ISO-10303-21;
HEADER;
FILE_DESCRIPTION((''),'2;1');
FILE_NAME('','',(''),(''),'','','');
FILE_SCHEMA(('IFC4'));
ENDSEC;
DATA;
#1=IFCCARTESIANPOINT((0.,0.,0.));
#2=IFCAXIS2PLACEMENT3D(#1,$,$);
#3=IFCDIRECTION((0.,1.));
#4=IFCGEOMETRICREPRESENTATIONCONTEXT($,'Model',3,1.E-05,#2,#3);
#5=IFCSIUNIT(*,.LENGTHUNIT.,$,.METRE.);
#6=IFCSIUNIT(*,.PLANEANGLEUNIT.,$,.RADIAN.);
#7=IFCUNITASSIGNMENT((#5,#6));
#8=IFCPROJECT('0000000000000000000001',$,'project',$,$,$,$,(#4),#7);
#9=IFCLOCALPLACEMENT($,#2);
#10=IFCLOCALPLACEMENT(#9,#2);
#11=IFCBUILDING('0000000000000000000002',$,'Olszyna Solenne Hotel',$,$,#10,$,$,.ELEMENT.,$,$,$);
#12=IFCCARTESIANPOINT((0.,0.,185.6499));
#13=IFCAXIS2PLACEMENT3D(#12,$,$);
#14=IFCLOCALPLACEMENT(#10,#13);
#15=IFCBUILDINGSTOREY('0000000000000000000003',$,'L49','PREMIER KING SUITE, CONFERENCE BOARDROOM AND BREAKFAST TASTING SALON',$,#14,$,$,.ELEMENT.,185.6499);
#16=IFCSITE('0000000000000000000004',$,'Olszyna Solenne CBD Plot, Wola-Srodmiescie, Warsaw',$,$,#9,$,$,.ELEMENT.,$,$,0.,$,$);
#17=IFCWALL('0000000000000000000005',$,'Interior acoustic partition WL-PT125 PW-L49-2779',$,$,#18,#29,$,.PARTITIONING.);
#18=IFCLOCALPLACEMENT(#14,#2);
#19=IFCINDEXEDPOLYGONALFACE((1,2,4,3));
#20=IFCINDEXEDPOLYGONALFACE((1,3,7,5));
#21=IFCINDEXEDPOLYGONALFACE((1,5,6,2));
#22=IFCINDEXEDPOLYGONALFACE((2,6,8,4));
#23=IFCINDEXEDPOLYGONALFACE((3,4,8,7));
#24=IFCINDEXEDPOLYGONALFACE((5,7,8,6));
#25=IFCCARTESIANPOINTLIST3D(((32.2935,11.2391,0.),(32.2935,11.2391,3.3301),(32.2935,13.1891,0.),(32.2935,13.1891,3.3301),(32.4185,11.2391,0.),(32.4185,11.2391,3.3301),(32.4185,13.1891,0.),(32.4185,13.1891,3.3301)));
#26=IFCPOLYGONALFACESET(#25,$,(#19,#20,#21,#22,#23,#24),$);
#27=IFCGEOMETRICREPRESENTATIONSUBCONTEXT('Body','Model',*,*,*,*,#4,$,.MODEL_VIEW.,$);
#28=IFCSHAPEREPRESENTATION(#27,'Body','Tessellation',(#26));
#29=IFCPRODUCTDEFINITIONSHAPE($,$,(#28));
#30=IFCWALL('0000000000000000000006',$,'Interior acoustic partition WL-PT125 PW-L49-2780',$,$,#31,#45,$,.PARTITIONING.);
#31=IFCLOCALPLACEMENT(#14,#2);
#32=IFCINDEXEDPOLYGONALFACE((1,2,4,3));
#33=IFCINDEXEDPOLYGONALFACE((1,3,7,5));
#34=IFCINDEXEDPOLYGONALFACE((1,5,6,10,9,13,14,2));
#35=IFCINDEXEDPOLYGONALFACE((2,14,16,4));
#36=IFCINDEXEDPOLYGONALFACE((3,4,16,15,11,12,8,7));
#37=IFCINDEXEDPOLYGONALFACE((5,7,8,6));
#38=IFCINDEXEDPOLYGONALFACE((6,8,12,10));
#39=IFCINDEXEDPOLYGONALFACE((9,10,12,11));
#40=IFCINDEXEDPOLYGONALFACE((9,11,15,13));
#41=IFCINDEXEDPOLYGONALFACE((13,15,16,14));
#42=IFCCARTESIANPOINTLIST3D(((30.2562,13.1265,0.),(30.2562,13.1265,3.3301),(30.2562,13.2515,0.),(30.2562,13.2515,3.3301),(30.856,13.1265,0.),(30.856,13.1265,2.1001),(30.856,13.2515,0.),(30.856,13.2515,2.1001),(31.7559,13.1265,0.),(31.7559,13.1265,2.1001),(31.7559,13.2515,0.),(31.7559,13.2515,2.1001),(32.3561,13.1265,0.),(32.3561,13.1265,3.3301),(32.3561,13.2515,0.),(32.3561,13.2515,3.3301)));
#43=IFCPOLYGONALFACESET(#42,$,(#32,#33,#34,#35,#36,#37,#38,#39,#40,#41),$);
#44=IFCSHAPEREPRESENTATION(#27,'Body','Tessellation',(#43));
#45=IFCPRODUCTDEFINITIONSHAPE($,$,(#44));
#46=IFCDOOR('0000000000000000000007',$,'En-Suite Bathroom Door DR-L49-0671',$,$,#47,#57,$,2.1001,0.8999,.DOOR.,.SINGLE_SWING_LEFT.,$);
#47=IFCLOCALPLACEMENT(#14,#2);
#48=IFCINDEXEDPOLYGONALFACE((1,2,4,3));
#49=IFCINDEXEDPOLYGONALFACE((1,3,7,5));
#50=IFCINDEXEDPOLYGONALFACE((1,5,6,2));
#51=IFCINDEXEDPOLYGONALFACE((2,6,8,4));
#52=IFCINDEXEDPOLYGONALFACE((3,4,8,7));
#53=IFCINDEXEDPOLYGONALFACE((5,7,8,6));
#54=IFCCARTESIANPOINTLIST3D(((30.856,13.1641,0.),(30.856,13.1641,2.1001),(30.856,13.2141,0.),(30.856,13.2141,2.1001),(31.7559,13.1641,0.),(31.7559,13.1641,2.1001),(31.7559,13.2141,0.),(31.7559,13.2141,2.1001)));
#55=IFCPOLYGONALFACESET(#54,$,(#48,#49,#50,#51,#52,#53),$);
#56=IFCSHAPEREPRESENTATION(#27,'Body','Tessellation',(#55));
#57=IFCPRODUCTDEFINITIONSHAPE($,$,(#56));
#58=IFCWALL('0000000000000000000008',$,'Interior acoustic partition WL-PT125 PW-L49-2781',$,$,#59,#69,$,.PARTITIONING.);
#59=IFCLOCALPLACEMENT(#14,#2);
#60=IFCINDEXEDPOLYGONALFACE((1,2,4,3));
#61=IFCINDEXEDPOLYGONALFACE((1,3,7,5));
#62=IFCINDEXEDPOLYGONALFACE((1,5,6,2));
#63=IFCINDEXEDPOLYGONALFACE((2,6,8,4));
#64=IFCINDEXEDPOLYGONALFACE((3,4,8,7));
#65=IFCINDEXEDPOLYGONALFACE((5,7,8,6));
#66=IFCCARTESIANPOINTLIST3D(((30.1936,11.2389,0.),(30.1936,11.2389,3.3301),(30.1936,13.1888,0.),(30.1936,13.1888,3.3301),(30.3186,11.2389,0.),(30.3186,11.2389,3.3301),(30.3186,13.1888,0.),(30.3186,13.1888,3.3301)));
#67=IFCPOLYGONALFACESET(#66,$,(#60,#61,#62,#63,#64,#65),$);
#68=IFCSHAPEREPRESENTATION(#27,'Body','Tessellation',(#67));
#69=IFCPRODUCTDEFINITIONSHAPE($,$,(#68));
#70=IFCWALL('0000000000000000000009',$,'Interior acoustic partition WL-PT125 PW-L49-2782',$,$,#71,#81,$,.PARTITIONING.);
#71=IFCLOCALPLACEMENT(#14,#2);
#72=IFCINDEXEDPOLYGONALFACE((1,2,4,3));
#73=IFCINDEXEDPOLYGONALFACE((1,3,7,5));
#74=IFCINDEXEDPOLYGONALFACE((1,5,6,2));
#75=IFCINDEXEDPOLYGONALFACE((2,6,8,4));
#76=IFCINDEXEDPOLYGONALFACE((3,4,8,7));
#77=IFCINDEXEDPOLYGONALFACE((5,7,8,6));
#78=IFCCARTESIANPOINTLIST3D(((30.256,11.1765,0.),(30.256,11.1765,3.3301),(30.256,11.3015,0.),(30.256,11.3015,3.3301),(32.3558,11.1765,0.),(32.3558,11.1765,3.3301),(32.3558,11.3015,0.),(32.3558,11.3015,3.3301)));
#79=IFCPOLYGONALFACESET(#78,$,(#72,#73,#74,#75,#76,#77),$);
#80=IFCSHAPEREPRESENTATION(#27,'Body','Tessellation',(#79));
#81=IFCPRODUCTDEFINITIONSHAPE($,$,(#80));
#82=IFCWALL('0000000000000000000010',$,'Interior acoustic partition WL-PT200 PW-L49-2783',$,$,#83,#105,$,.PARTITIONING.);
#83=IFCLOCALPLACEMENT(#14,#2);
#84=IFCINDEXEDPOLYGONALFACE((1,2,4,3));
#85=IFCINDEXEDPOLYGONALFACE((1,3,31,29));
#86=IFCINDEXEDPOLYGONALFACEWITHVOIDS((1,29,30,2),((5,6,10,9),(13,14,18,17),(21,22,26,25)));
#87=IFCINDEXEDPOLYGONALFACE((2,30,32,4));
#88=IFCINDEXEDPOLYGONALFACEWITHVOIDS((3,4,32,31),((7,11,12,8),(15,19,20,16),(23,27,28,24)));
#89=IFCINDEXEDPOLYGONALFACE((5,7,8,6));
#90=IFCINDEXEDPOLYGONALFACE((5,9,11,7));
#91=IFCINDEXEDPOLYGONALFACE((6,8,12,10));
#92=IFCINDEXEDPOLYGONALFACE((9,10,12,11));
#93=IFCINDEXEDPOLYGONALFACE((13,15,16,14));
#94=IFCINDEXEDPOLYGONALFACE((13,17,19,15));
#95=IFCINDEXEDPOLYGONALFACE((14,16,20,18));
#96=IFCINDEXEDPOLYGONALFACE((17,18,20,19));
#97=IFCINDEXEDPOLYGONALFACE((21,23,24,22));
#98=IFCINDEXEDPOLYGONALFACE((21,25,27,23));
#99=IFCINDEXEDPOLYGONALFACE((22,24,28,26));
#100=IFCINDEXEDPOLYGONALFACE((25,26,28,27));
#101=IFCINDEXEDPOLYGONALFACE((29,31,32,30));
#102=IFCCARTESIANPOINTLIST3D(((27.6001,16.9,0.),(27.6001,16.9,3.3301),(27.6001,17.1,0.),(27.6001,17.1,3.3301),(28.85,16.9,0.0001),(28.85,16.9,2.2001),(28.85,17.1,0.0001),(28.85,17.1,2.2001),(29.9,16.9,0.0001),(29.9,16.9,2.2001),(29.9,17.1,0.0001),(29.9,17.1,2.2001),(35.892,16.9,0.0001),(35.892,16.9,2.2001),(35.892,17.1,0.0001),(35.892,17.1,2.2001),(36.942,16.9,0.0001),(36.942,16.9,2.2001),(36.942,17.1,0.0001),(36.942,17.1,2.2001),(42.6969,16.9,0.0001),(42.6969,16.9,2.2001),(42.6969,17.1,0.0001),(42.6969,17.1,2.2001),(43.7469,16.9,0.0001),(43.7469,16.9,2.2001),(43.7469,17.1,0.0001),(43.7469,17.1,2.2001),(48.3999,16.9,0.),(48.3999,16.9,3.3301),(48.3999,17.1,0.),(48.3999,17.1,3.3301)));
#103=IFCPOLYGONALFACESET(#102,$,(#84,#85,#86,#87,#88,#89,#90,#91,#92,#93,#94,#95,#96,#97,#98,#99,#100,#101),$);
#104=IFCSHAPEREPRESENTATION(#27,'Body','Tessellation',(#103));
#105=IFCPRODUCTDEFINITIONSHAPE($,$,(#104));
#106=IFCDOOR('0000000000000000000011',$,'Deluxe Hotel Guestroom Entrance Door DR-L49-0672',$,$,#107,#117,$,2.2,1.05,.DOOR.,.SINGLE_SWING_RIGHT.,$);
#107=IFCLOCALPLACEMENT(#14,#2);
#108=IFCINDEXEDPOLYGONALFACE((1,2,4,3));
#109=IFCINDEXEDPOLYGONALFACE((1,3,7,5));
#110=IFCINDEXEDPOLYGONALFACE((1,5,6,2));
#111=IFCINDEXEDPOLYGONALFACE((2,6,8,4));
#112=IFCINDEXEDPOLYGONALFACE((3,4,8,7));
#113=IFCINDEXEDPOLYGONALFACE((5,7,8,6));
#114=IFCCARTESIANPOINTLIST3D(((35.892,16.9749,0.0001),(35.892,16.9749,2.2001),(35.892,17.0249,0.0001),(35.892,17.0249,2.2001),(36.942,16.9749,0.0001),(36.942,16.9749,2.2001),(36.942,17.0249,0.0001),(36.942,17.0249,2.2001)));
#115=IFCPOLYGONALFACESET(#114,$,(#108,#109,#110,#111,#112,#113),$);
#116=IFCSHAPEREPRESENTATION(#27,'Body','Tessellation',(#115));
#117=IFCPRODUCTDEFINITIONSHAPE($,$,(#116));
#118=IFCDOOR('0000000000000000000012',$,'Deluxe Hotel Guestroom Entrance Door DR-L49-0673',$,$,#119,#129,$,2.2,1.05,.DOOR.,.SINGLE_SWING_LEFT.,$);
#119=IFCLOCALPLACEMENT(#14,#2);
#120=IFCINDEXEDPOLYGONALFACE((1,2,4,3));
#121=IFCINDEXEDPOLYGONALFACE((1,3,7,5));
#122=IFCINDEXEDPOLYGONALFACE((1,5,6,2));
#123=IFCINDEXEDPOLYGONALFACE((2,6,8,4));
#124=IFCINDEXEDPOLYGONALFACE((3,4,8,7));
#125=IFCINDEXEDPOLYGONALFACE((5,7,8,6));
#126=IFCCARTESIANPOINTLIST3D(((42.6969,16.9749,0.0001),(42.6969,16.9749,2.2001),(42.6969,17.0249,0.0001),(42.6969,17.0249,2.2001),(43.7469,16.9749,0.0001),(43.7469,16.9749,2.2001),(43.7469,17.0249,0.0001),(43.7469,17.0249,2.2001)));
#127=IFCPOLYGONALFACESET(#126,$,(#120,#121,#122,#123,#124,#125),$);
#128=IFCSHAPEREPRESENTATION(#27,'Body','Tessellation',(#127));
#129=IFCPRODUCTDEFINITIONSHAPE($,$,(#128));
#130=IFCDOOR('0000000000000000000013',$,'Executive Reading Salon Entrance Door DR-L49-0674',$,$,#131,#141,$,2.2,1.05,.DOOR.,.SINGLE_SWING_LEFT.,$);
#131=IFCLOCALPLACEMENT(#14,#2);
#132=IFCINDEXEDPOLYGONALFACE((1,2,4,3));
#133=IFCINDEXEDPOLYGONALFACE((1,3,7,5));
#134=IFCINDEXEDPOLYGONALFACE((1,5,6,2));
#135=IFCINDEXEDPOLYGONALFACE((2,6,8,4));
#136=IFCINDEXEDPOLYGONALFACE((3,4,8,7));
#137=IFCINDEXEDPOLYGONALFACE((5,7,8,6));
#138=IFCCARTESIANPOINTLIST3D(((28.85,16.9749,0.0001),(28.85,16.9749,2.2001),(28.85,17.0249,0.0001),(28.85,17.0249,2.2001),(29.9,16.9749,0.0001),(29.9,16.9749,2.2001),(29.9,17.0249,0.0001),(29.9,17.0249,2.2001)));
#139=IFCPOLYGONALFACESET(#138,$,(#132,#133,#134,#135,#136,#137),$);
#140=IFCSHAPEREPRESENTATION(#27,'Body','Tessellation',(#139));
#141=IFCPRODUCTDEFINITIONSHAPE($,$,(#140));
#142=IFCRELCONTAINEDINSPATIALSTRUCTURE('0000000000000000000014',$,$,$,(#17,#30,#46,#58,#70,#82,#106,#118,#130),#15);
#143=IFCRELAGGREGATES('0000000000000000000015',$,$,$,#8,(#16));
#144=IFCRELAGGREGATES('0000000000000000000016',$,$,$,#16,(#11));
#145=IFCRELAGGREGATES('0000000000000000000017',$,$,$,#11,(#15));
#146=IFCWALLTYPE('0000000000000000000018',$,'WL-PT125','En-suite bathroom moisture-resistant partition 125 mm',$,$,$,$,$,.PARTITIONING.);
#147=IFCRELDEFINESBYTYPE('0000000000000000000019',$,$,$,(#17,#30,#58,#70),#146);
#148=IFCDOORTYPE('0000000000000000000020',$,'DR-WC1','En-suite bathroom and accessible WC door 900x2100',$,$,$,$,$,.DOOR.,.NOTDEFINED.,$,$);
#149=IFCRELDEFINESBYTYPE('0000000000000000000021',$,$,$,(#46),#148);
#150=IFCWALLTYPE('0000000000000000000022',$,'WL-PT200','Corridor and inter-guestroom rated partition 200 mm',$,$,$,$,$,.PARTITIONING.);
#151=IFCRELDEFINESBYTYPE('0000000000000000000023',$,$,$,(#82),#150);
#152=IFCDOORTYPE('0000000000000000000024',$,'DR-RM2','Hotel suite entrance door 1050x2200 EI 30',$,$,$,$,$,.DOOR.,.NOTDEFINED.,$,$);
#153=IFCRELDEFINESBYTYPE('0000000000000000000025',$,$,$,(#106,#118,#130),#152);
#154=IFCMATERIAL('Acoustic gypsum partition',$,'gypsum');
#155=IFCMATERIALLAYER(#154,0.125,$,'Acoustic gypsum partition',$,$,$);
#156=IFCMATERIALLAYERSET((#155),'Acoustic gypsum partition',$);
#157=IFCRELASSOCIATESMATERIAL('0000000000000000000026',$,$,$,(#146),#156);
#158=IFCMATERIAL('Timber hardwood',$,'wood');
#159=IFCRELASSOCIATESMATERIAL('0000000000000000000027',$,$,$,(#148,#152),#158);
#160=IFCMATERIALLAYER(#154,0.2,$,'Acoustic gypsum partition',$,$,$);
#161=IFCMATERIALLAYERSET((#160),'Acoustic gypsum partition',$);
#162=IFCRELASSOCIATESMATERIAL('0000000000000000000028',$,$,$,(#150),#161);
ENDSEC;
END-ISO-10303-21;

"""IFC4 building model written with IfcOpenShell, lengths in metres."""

from ifc_helpers import new_model, si_unit, direction, frame, frame_2d, origin, place, context, subcontext, project, spatial, rectangle, extrude, source, transform, mapped, material, layer, layer_set, type_object, type_shapes, element, fill, save


model = new_model("IFC4")

# Units and contexts
model_context = context("Model", 3, precision=1e-05, world=origin(), true_north=direction((0.0, 1.0)))
body_context = subcontext(model_context, "Body", "Model", "MODEL_VIEW")
ifc_project = project(units=[si_unit("LENGTHUNIT", "METRE"), si_unit("PLANEANGLEUNIT", "RADIAN")], contexts=[model_context])

# Site, building, storey
site_placement = place(None, origin())
site = spatial("IfcSite", under=ifc_project, at=site_placement, Name="Olszyna Solenne CBD Plot, Wola-Srodmiescie, Warsaw", CompositionType="ELEMENT", RefElevation=0.0)
building_placement = place(site_placement, origin())
building = spatial("IfcBuilding", under=site, at=building_placement, Name="Olszyna Solenne Hotel", CompositionType="ELEMENT")
storey_placement = place(building_placement, frame((0.0, 0.0, 185.6499)))
storey = spatial("IfcBuildingStorey", under=building, at=storey_placement, Name="L49", Description="PREMIER KING SUITE, CONFERENCE BOARDROOM AND BREAKFAST TASTING SALON", CompositionType="ELEMENT", Elevation=185.6499)

# Wall
ifc_material_1 = material(Name="Acoustic gypsum partition", Category="gypsum")
ifc_layer_1 = layer(ifc_material_1, 0.125, Name="Acoustic gypsum partition")
ifc_layer_set_1 = layer_set([ifc_layer_1], Name="Acoustic gypsum partition")
wall_type_1 = type_object("IfcWallType", Name="WL-PT125", Description="En-suite bathroom moisture-resistant partition 125 mm", PredefinedType="PARTITIONING", material=ifc_layer_set_1)
wall_1_placement = place(storey_placement, frame((32.356, 11.239, 0.0), z_axis=(0.0, 0.0, 1.0), x_axis=(0.0, 1.0, 0.0)))
element("IfcWall", 1, at=wall_1_placement, inside=storey, type_object=wall_type_1, Name="Interior acoustic partition WL-PT125 PW-L49-2779", PredefinedType="PARTITIONING", context=body_context, shape_type="SweptSolid", body=[
    extrude(rectangle(XDim=1.95, YDim=0.125, at=frame_2d((0.9751, 0.0))), origin(), (0.0, 0.0, 1.0), 3.3301),
])

# Wall, opening, door
wall_2_placement = place(storey_placement, frame((32.356, 13.189, 0.0), z_axis=(0.0, 0.0, 1.0), x_axis=(-1.0, 0.0, 0.0)))
wall_2 = element("IfcWall", 2, at=wall_2_placement, inside=storey, type_object=wall_type_1, Name="Interior acoustic partition WL-PT125 PW-L49-2780", PredefinedType="PARTITIONING", context=body_context, shape_type="SweptSolid", body=[
    extrude(rectangle(XDim=2.0999, YDim=0.125, at=frame_2d((1.0498, 0.0))), origin(), (0.0, 0.0, 1.0), 3.3301),
])
opening_1_placement = place(wall_2_placement, frame((0.6001, 0.0, 0.0)))
opening_1 = element("IfcOpeningElement", 3, at=opening_1_placement, cuts=wall_2, PredefinedType="OPENING", context=body_context, shape_type="SweptSolid", body=[
    extrude(rectangle(XDim=0.8999, YDim=2.1001, at=frame_2d((0.45, 1.05))), frame((0.0, 0.0725, 0.0), z_axis=(0.0, -1.0, 0.0), x_axis=(1.0, 0.0, 0.0)), (0.0, 0.0, 1.0), 0.145),
])
ifc_material_2 = material(Name="Timber hardwood", Category="wood")
door_type_1 = type_object("IfcDoorType", Name="DR-WC1", Description="En-suite bathroom and accessible WC door 900x2100", OperationType="NOTDEFINED", PredefinedType="DOOR", material=ifc_material_2)
shared_shape_1 = source(origin(), body_context, "Body", "SweptSolid", [
    extrude(rectangle(XDim=0.8999, YDim=2.1001, at=frame_2d((0.45, 1.05))), frame((0.0, 0.0249, 0.0), z_axis=(0.0, -1.0, 0.0), x_axis=(1.0, 0.0, 0.0)), (0.0, 0.0, 1.0), 0.05),
])
type_shapes(door_type_1, [shared_shape_1])
door_1_placement = place(opening_1_placement, origin())
door_1 = element("IfcDoor", 4, at=door_1_placement, inside=storey, type_object=door_type_1, Name="En-Suite Bathroom Door DR-L49-0671", OperationType="SINGLE_SWING_LEFT", OverallHeight=2.1001, OverallWidth=0.8999, PredefinedType="DOOR", context=body_context, shape_type="MappedRepresentation", body=[
    mapped(shared_shape_1, transform((0.0, 0.0, 0.0), x_axis=(1.0, 0.0, 0.0), y_axis=(0.0, 1.0, 0.0), z_axis=(0.0, 0.0, 1.0), scale=1.0)),
])
fill(opening_1, door_1)

# Walls
wall_3_placement = place(storey_placement, frame((30.2561, 13.189, 0.0), z_axis=(0.0, 0.0, 1.0), x_axis=(0.0, -1.0, 0.0)))
element("IfcWall", 5, at=wall_3_placement, inside=storey, type_object=wall_type_1, Name="Interior acoustic partition WL-PT125 PW-L49-2781", PredefinedType="PARTITIONING", context=body_context, shape_type="SweptSolid", body=[
    extrude(rectangle(XDim=1.95, YDim=0.125, at=frame_2d((0.9751, 0.0))), origin(), (0.0, 0.0, 1.0), 3.3301),
])
wall_4_placement = place(storey_placement, frame((30.2561, 11.239, 0.0), z_axis=(0.0, 0.0, 1.0), x_axis=(1.0, 0.0, 0.0)))
element("IfcWall", 6, at=wall_4_placement, inside=storey, type_object=wall_type_1, Name="Interior acoustic partition WL-PT125 PW-L49-2782", PredefinedType="PARTITIONING", context=body_context, shape_type="SweptSolid", body=[
    extrude(rectangle(XDim=2.0999, YDim=0.125, at=frame_2d((1.0498, 0.0))), origin(), (0.0, 0.0, 1.0), 3.3301),
])

# Wall, openings, doors
ifc_layer_2 = layer(ifc_material_1, 0.2, Name="Acoustic gypsum partition")
ifc_layer_set_2 = layer_set([ifc_layer_2], Name="Acoustic gypsum partition")
wall_type_2 = type_object("IfcWallType", Name="WL-PT200", Description="Corridor and inter-guestroom rated partition 200 mm", PredefinedType="PARTITIONING", material=ifc_layer_set_2)
wall_5_placement = place(storey_placement, frame((27.6001, 17.0, 0.0), z_axis=(0.0, 0.0, 1.0), x_axis=(1.0, 0.0, 0.0)))
wall_5 = element("IfcWall", 7, at=wall_5_placement, inside=storey, type_object=wall_type_2, Name="Interior acoustic partition WL-PT200 PW-L49-2783", PredefinedType="PARTITIONING", context=body_context, shape_type="SweptSolid", body=[
    extrude(rectangle(XDim=20.7998, YDim=0.2, at=frame_2d((10.3999, 0.0))), origin(), (0.0, 0.0, 1.0), 3.3301),
])
opening_2_placement = place(wall_5_placement, frame((8.292, 0.0, 0.0)))
opening_2 = element("IfcOpeningElement", 8, at=opening_2_placement, cuts=wall_5, PredefinedType="OPENING", context=body_context, shape_type="SweptSolid", body=[
    extrude(rectangle(XDim=1.05, YDim=2.2, at=frame_2d((0.5249, 1.1001))), frame((0.0, 0.1099, 0.0), z_axis=(0.0, -1.0, 0.0), x_axis=(1.0, 0.0, 0.0)), (0.0, 0.0, 1.0), 0.22),
])
opening_3_placement = place(wall_5_placement, frame((15.0969, 0.0, 0.0)))
opening_3 = element("IfcOpeningElement", 9, at=opening_3_placement, cuts=wall_5, PredefinedType="OPENING", context=body_context, shape_type="SweptSolid", body=[
    extrude(rectangle(XDim=1.05, YDim=2.2, at=frame_2d((0.5249, 1.1001))), frame((0.0, 0.1099, 0.0), z_axis=(0.0, -1.0, 0.0), x_axis=(1.0, 0.0, 0.0)), (0.0, 0.0, 1.0), 0.22),
])
opening_4_placement = place(wall_5_placement, frame((1.25, 0.0, 0.0)))
opening_4 = element("IfcOpeningElement", 10, at=opening_4_placement, cuts=wall_5, PredefinedType="OPENING", context=body_context, shape_type="SweptSolid", body=[
    extrude(rectangle(XDim=1.05, YDim=2.2, at=frame_2d((0.5249, 1.1001))), frame((0.0, 0.1099, 0.0), z_axis=(0.0, -1.0, 0.0), x_axis=(1.0, 0.0, 0.0)), (0.0, 0.0, 1.0), 0.22),
])
door_type_2 = type_object("IfcDoorType", Name="DR-RM2", Description="Hotel suite entrance door 1050x2200 EI 30", OperationType="NOTDEFINED", PredefinedType="DOOR", material=ifc_material_2)
shared_shape_2 = source(origin(), body_context, "Body", "SweptSolid", [
    extrude(rectangle(XDim=1.05, YDim=2.2, at=frame_2d((0.5249, 1.1001))), frame((0.0, 0.0249, 0.0), z_axis=(0.0, -1.0, 0.0), x_axis=(1.0, 0.0, 0.0)), (0.0, 0.0, 1.0), 0.05),
])
type_shapes(door_type_2, [shared_shape_2])
door_2_placement = place(opening_2_placement, origin())
door_2 = element("IfcDoor", 11, at=door_2_placement, inside=storey, type_object=door_type_2, Name="Deluxe Hotel Guestroom Entrance Door DR-L49-0672", OperationType="SINGLE_SWING_RIGHT", OverallHeight=2.2, OverallWidth=1.05, PredefinedType="DOOR", context=body_context, shape_type="MappedRepresentation", body=[
    mapped(shared_shape_2, transform((0.0, 0.0, 0.0), x_axis=(1.0, 0.0, 0.0), y_axis=(0.0, 1.0, 0.0), z_axis=(0.0, 0.0, 1.0), scale=1.0)),
])
fill(opening_2, door_2)
door_3_placement = place(opening_3_placement, origin())
door_3 = element("IfcDoor", 12, at=door_3_placement, inside=storey, type_object=door_type_2, Name="Deluxe Hotel Guestroom Entrance Door DR-L49-0673", OperationType="SINGLE_SWING_LEFT", OverallHeight=2.2, OverallWidth=1.05, PredefinedType="DOOR", context=body_context, shape_type="MappedRepresentation", body=[
    mapped(shared_shape_2, transform((0.0, 0.0, 0.0), x_axis=(1.0, 0.0, 0.0), y_axis=(0.0, 1.0, 0.0), z_axis=(0.0, 0.0, 1.0), scale=1.0)),
])
fill(opening_3, door_3)
door_4_placement = place(opening_4_placement, origin())
door_4 = element("IfcDoor", 13, at=door_4_placement, inside=storey, type_object=door_type_2, Name="Executive Reading Salon Entrance Door DR-L49-0674", OperationType="SINGLE_SWING_LEFT", OverallHeight=2.2, OverallWidth=1.05, PredefinedType="DOOR", context=body_context, shape_type="MappedRepresentation", body=[
    mapped(shared_shape_2, transform((0.0, 0.0, 0.0), x_axis=(1.0, 0.0, 0.0), y_axis=(0.0, 1.0, 0.0), z_axis=(0.0, 0.0, 1.0), scale=1.0)),
])
fill(opening_4, door_4)

save(model, "model.ifc")
